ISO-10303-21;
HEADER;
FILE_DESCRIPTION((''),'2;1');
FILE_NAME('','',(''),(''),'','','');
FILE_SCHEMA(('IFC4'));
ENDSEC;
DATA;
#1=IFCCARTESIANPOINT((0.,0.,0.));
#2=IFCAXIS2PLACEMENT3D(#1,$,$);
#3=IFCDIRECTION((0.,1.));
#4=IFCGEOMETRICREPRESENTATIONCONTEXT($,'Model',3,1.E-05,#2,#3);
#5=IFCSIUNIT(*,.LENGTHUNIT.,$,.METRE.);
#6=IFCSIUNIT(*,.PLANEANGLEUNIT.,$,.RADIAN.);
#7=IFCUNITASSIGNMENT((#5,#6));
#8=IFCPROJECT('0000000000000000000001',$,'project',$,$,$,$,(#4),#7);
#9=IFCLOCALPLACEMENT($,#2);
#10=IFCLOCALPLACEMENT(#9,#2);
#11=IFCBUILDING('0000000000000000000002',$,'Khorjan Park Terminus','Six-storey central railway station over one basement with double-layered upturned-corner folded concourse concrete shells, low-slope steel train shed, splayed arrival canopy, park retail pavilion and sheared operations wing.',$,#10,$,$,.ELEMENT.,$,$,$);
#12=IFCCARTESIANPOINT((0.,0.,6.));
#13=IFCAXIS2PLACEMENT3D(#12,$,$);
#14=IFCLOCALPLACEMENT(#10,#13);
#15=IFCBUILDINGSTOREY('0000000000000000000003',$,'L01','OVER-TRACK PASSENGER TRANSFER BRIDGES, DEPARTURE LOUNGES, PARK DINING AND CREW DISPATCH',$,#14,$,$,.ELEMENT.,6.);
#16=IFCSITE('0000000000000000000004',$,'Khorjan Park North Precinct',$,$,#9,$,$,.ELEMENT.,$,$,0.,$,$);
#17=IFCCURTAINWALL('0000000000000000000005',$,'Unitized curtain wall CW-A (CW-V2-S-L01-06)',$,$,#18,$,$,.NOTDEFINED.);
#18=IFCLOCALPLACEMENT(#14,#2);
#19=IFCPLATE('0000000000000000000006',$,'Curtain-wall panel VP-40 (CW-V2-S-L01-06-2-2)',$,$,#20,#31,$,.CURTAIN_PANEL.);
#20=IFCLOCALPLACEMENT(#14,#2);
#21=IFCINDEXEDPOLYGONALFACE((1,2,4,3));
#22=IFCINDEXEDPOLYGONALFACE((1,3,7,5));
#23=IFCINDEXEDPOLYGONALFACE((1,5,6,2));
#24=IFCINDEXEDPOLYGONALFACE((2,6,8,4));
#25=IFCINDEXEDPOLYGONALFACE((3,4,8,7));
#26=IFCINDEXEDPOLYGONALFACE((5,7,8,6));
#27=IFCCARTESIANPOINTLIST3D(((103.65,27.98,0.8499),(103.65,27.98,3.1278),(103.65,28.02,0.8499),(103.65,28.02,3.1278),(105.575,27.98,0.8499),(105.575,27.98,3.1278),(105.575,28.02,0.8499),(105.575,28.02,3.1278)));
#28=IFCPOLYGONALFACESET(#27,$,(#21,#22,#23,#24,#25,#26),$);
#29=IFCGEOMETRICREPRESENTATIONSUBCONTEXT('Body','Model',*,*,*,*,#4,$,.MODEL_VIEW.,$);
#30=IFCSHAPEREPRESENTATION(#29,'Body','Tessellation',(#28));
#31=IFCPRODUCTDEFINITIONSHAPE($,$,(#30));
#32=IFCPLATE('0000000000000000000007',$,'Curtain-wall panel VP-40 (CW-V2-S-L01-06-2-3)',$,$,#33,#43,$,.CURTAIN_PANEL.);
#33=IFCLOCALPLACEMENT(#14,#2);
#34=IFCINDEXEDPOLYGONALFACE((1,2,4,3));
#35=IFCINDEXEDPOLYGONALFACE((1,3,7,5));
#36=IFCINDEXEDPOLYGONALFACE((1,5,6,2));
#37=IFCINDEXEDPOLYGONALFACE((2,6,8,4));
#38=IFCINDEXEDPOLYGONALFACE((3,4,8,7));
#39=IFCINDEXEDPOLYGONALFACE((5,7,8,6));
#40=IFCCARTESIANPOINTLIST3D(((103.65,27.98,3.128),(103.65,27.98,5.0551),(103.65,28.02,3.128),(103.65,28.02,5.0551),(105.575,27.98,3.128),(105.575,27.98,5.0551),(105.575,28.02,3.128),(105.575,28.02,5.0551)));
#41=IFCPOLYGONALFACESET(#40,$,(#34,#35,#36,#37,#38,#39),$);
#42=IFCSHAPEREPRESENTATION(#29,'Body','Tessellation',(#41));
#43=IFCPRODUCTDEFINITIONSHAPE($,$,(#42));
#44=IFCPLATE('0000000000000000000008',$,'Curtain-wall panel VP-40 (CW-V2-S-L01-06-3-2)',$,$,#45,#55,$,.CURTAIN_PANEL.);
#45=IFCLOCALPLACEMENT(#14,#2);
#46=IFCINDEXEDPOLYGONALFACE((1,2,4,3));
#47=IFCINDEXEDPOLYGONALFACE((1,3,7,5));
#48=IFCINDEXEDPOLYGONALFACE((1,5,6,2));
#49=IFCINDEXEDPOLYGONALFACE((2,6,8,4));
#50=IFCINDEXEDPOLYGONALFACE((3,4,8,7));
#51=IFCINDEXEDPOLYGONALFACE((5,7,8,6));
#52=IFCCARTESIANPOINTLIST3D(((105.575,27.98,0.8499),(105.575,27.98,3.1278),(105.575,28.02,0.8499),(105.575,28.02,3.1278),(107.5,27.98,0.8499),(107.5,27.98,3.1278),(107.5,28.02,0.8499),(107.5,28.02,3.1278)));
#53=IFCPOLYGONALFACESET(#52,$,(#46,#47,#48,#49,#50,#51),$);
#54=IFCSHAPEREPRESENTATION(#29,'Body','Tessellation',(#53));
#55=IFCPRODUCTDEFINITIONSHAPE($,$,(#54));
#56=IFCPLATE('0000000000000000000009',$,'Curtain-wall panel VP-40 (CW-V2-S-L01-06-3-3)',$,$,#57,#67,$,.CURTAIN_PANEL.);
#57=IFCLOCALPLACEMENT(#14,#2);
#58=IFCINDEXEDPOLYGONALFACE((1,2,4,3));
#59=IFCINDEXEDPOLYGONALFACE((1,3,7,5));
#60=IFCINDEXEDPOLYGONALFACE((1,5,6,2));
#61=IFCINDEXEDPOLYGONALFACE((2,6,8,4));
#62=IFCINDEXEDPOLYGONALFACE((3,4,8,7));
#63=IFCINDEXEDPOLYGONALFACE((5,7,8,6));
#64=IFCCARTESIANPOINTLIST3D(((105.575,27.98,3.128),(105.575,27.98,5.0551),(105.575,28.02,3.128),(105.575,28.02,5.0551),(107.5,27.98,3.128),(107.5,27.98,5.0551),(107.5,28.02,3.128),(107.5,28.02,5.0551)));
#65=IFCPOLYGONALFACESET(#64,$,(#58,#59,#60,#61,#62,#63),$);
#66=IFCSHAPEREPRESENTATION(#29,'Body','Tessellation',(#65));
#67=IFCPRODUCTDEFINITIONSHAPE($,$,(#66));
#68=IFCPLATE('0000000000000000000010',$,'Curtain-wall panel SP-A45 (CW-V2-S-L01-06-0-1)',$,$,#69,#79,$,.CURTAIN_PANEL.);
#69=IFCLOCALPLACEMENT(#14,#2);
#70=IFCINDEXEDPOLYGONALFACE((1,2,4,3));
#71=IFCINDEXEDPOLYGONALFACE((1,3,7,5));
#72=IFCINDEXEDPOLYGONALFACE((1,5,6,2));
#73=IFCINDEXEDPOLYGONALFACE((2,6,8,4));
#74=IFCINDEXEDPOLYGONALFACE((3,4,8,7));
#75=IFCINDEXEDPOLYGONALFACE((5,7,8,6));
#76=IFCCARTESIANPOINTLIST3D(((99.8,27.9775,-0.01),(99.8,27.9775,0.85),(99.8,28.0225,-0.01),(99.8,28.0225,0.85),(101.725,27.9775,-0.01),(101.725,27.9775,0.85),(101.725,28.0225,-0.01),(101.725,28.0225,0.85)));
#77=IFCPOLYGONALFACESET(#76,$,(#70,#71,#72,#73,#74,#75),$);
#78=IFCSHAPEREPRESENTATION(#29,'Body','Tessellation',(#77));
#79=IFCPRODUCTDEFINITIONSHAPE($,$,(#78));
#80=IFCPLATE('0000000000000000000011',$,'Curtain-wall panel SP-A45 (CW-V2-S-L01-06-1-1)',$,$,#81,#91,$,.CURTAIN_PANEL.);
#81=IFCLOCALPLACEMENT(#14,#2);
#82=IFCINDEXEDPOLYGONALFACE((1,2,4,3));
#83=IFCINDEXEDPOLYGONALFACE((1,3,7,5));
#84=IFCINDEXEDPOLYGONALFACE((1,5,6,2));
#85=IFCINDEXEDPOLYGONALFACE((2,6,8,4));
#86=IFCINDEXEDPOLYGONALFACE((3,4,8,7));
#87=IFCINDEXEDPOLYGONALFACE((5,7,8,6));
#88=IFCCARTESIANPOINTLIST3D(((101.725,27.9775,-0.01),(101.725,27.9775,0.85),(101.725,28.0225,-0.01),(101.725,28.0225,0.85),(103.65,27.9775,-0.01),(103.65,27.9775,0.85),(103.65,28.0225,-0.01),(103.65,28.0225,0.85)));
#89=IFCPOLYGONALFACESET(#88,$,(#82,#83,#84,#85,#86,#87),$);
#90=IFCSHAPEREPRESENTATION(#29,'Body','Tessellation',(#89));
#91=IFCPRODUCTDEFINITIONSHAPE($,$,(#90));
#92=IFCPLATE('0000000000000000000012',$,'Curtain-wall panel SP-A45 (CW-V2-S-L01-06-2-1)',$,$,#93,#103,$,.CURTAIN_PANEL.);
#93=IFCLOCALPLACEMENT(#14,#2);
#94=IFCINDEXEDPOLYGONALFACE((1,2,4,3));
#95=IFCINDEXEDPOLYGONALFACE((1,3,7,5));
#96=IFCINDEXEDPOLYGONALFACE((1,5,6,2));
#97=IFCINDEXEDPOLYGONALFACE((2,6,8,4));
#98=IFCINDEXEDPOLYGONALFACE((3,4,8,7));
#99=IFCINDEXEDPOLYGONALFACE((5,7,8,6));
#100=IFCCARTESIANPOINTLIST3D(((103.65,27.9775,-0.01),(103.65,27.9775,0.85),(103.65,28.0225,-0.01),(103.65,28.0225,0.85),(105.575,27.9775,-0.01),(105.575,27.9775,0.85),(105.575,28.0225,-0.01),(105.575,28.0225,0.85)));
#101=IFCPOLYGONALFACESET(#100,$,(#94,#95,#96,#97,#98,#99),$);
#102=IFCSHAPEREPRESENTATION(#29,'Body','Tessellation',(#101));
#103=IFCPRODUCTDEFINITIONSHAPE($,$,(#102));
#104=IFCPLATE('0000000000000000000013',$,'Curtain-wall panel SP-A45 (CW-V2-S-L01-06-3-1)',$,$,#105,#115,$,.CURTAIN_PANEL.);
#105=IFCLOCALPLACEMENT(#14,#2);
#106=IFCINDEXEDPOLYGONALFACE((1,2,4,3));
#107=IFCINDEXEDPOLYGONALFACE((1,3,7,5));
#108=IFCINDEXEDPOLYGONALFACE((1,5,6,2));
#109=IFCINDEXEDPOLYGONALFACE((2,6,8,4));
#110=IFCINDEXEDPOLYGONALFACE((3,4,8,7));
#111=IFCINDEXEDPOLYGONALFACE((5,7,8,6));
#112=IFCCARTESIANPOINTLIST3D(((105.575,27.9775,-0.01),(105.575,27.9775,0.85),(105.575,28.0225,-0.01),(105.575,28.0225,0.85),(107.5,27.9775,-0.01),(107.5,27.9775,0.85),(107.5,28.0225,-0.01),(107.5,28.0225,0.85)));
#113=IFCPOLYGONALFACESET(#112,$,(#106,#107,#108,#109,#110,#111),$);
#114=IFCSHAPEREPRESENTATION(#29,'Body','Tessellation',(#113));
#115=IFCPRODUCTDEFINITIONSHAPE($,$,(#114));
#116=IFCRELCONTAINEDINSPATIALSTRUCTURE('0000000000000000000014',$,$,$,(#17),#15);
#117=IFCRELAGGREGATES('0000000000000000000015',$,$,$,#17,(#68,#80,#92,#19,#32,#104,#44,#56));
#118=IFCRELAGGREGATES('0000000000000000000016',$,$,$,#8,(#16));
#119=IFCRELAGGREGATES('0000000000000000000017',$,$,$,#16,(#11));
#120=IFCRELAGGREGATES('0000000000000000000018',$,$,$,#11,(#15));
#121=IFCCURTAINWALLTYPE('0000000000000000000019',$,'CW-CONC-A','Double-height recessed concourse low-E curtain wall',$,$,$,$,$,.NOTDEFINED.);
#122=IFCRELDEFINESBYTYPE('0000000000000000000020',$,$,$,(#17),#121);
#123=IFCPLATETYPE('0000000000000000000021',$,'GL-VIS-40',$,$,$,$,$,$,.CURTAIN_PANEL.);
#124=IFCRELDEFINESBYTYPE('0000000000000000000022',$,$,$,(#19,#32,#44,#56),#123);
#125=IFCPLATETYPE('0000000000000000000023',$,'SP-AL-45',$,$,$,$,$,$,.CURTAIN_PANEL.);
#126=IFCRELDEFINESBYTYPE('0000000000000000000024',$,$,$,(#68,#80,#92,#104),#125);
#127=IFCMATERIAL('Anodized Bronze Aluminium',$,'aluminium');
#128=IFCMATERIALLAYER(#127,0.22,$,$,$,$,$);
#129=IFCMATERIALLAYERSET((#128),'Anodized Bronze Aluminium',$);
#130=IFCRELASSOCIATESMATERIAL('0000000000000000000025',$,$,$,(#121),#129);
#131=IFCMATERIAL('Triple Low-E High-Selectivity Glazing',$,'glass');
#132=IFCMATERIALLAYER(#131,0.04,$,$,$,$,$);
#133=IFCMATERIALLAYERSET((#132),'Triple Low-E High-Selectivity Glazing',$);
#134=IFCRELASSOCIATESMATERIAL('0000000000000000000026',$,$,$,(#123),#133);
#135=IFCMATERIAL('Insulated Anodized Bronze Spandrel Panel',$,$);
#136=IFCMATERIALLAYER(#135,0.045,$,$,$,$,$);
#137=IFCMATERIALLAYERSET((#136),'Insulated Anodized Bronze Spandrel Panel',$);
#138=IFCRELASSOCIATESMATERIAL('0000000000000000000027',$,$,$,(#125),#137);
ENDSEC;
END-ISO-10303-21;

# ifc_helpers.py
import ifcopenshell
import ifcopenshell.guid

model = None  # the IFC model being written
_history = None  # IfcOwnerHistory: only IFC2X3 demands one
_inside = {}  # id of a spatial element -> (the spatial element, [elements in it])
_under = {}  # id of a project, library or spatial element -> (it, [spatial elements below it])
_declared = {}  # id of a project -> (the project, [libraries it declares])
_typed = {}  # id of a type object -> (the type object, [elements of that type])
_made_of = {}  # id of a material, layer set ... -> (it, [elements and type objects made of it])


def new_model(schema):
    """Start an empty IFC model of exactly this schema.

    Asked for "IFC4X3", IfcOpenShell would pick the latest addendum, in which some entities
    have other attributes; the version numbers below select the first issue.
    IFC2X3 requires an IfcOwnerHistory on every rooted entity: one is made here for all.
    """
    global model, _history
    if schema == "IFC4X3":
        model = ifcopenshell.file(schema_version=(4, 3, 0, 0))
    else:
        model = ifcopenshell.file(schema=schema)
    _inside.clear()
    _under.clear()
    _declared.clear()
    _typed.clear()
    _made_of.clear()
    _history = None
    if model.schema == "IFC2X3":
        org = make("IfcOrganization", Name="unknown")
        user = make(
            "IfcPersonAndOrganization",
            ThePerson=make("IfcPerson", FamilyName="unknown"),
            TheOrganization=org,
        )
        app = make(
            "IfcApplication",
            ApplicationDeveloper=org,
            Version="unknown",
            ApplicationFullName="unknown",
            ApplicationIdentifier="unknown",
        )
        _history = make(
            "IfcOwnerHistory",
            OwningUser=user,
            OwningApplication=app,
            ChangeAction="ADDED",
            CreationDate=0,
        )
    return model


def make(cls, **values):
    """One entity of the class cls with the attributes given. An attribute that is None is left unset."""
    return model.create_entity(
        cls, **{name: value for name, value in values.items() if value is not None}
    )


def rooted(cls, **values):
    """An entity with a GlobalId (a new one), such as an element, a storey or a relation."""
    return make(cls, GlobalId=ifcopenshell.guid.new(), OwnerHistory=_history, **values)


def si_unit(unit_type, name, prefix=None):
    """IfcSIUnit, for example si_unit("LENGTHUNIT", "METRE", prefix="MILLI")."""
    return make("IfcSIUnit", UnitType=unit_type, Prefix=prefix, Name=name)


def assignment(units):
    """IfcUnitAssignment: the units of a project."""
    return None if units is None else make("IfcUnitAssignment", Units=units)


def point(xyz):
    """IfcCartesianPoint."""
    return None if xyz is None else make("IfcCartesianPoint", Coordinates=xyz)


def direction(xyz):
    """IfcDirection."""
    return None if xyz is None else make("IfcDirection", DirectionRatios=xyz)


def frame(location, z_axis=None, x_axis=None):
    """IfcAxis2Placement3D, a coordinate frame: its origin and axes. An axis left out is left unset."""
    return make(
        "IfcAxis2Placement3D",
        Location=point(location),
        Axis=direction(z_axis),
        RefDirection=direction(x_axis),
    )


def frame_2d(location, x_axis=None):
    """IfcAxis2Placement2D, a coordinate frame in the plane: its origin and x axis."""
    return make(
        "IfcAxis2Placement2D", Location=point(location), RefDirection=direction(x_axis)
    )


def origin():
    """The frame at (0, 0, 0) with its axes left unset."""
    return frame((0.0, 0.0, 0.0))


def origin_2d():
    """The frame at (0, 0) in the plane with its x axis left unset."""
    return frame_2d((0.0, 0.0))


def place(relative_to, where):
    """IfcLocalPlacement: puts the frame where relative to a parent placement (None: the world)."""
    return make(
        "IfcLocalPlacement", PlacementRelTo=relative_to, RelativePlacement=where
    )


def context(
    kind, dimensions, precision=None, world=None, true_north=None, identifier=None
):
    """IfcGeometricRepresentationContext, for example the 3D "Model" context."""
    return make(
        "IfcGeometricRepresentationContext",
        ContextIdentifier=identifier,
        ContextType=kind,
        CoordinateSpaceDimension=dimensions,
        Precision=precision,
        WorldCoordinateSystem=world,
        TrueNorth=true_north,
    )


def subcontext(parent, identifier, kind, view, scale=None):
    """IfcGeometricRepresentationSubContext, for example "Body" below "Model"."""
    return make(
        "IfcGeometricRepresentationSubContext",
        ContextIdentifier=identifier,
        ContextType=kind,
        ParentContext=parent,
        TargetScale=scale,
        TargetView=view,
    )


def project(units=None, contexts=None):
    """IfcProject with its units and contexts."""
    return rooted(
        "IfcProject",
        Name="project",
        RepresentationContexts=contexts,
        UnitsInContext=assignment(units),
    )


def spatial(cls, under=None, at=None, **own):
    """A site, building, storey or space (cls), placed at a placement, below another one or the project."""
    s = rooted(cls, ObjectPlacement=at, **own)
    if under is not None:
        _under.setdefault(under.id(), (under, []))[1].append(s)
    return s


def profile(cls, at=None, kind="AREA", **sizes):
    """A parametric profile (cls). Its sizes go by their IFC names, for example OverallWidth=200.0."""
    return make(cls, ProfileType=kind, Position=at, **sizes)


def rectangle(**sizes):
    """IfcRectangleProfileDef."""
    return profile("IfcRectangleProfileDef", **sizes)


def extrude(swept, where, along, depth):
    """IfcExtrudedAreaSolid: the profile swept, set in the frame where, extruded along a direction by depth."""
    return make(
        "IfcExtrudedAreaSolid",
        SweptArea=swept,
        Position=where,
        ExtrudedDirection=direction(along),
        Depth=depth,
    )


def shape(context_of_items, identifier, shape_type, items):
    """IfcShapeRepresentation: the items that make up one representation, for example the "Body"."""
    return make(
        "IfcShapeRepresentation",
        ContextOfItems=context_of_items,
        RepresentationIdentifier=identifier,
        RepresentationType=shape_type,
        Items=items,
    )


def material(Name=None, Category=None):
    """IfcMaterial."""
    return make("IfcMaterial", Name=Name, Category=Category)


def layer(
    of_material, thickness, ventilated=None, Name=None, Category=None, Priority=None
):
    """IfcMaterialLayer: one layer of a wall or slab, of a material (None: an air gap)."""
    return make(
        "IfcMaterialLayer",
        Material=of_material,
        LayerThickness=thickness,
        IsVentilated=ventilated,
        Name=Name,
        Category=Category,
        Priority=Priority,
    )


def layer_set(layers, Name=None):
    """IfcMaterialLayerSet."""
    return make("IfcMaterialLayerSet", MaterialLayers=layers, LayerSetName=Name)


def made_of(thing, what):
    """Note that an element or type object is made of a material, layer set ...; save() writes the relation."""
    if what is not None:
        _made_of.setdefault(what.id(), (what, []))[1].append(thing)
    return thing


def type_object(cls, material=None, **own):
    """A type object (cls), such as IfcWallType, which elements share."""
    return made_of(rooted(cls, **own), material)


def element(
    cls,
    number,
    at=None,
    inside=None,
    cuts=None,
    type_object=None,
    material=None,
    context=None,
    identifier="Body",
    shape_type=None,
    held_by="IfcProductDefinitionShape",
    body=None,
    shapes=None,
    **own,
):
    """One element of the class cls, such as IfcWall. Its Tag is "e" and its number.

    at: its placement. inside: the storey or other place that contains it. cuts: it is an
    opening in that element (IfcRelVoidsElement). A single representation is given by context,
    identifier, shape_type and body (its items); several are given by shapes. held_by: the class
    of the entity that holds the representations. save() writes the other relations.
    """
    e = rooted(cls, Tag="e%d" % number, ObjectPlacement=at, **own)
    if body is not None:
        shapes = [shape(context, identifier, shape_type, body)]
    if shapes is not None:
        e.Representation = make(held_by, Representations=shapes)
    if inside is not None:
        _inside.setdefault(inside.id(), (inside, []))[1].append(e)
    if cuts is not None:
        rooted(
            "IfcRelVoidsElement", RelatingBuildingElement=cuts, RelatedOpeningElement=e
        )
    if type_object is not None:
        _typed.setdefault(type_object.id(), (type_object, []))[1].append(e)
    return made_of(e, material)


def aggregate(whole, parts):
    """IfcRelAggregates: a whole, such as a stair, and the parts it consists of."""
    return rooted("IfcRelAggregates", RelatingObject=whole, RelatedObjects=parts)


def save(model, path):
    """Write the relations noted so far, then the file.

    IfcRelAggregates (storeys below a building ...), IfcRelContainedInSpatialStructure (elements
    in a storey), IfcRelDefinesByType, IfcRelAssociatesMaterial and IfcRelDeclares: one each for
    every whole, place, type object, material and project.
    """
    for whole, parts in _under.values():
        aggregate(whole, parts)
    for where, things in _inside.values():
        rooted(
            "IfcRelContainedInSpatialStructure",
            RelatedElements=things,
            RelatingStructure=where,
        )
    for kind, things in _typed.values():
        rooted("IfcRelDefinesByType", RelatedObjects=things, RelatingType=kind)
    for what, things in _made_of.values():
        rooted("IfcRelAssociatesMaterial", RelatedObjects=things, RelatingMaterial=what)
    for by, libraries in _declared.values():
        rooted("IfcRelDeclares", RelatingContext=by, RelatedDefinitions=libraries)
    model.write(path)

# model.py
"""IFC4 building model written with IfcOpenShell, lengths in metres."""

from ifc_helpers import new_model, si_unit, direction, frame, origin, origin_2d, place, context, subcontext, project, spatial, rectangle, extrude, material, layer, layer_set, type_object, element, aggregate, save


model = new_model("IFC4")

# Units and contexts
model_context = context("Model", 3, precision=1e-05, world=origin(), true_north=direction((0.0, 1.0)))
body_context = subcontext(model_context, "Body", "Model", "MODEL_VIEW")
ifc_project = project(units=[si_unit("LENGTHUNIT", "METRE"), si_unit("PLANEANGLEUNIT", "RADIAN")], contexts=[model_context])

# Site, building, storey
site_placement = place(None, origin())
site = spatial("IfcSite", under=ifc_project, at=site_placement, Name="Khorjan Park North Precinct", CompositionType="ELEMENT", RefElevation=0.0)
building_placement = place(site_placement, origin())
building = spatial("IfcBuilding", under=site, at=building_placement, Name="Khorjan Park Terminus", Description="Six-storey central railway station over one basement with double-layered upturned-corner folded concourse concrete shells, low-slope steel train shed, splayed arrival canopy, park retail pavilion and sheared operations wing.", CompositionType="ELEMENT")
storey_placement = place(building_placement, frame((0.0, 0.0, 6.0)))
storey = spatial("IfcBuildingStorey", under=building, at=storey_placement, Name="L01", Description="OVER-TRACK PASSENGER TRANSFER BRIDGES, DEPARTURE LOUNGES, PARK DINING AND CREW DISPATCH", CompositionType="ELEMENT", Elevation=6.0)

# Shared definitions
ifc_material_1 = material(Name="Anodized Bronze Aluminium", Category="aluminium")
ifc_layer_1 = layer(ifc_material_1, 0.22)
ifc_layer_set_1 = layer_set([ifc_layer_1], Name="Anodized Bronze Aluminium")
curtain_wall_type = type_object("IfcCurtainWallType", Name="CW-CONC-A", Description="Double-height recessed concourse low-E curtain wall", PredefinedType="NOTDEFINED", material=ifc_layer_set_1)

# Curtain wall
curtain_wall_1_placement = place(storey_placement, origin())
curtain_wall_1 = element("IfcCurtainWall", 1, at=curtain_wall_1_placement, inside=storey, type_object=curtain_wall_type, Name="Unitized curtain wall CW-A (CW-V2-S-L01-06)", PredefinedType="NOTDEFINED")

# Plates
ifc_material_2 = material(Name="Triple Low-E High-Selectivity Glazing", Category="glass")
ifc_layer_2 = layer(ifc_material_2, 0.04)
ifc_layer_set_2 = layer_set([ifc_layer_2], Name="Triple Low-E High-Selectivity Glazing")
plate_type_1 = type_object("IfcPlateType", Name="GL-VIS-40", PredefinedType="CURTAIN_PANEL", material=ifc_layer_set_2)
plate_1_placement = place(storey_placement, frame((104.6125, 28.0, 0.8499), z_axis=(0.0, 0.0, 1.0), x_axis=(1.0, 0.0, 0.0)))
plate_1 = element("IfcPlate", 2, at=plate_1_placement, type_object=plate_type_1, Name="Curtain-wall panel VP-40 (CW-V2-S-L01-06-2-2)", PredefinedType="CURTAIN_PANEL", context=body_context, shape_type="SweptSolid", body=[
    extrude(rectangle(XDim=1.925, YDim=0.04, at=origin_2d()), origin(), (0.0, 0.0, 1.0), 2.2779),
])
plate_2_placement = place(storey_placement, frame((104.6125, 28.0, 3.128), z_axis=(0.0, 0.0, 1.0), x_axis=(1.0, 0.0, 0.0)))
plate_2 = element("IfcPlate", 3, at=plate_2_placement, type_object=plate_type_1, Name="Curtain-wall panel VP-40 (CW-V2-S-L01-06-2-3)", PredefinedType="CURTAIN_PANEL", context=body_context, shape_type="SweptSolid", body=[
    extrude(rectangle(XDim=1.925, YDim=0.04, at=origin_2d()), origin(), (0.0, 0.0, 1.0), 1.9271),
])
plate_3_placement = place(storey_placement, frame((106.5375, 28.0, 0.8499), z_axis=(0.0, 0.0, 1.0), x_axis=(1.0, 0.0, 0.0)))
plate_3 = element("IfcPlate", 4, at=plate_3_placement, type_object=plate_type_1, Name="Curtain-wall panel VP-40 (CW-V2-S-L01-06-3-2)", PredefinedType="CURTAIN_PANEL", context=body_context, shape_type="SweptSolid", body=[
    extrude(rectangle(XDim=1.925, YDim=0.04, at=origin_2d()), origin(), (0.0, 0.0, 1.0), 2.2779),
])
plate_4_placement = place(storey_placement, frame((106.5375, 28.0, 3.128), z_axis=(0.0, 0.0, 1.0), x_axis=(1.0, 0.0, 0.0)))
plate_4 = element("IfcPlate", 5, at=plate_4_placement, type_object=plate_type_1, Name="Curtain-wall panel VP-40 (CW-V2-S-L01-06-3-3)", PredefinedType="CURTAIN_PANEL", context=body_context, shape_type="SweptSolid", body=[
    extrude(rectangle(XDim=1.925, YDim=0.04, at=origin_2d()), origin(), (0.0, 0.0, 1.0), 1.9271),
])
ifc_material_3 = material(Name="Insulated Anodized Bronze Spandrel Panel")
ifc_layer_3 = layer(ifc_material_3, 0.045)
ifc_layer_set_3 = layer_set([ifc_layer_3], Name="Insulated Anodized Bronze Spandrel Panel")
plate_type_2 = type_object("IfcPlateType", Name="SP-AL-45", PredefinedType="CURTAIN_PANEL", material=ifc_layer_set_3)
plate_5_placement = place(storey_placement, frame((100.7625, 28.0, -0.01), z_axis=(0.0, 0.0, 1.0), x_axis=(1.0, 0.0, 0.0)))
plate_5 = element("IfcPlate", 6, at=plate_5_placement, type_object=plate_type_2, Name="Curtain-wall panel SP-A45 (CW-V2-S-L01-06-0-1)", PredefinedType="CURTAIN_PANEL", context=body_context, shape_type="SweptSolid", body=[
    extrude(rectangle(XDim=1.925, YDim=0.045, at=origin_2d()), origin(), (0.0, 0.0, 1.0), 0.86),
])
plate_6_placement = place(storey_placement, frame((102.6875, 28.0, -0.01), z_axis=(0.0, 0.0, 1.0), x_axis=(1.0, 0.0, 0.0)))
plate_6 = element("IfcPlate", 7, at=plate_6_placement, type_object=plate_type_2, Name="Curtain-wall panel SP-A45 (CW-V2-S-L01-06-1-1)", PredefinedType="CURTAIN_PANEL", context=body_context, shape_type="SweptSolid", body=[
    extrude(rectangle(XDim=1.925, YDim=0.045, at=origin_2d()), origin(), (0.0, 0.0, 1.0), 0.86),
])
plate_7_placement = place(storey_placement, frame((104.6125, 28.0, -0.01), z_axis=(0.0, 0.0, 1.0), x_axis=(1.0, 0.0, 0.0)))
plate_7 = element("IfcPlate", 8, at=plate_7_placement, type_object=plate_type_2, Name="Curtain-wall panel SP-A45 (CW-V2-S-L01-06-2-1)", PredefinedType="CURTAIN_PANEL", context=body_context, shape_type="SweptSolid", body=[
    extrude(rectangle(XDim=1.925, YDim=0.045, at=origin_2d()), origin(), (0.0, 0.0, 1.0), 0.86),
])
plate_8_placement = place(storey_placement, frame((106.5375, 28.0, -0.01), z_axis=(0.0, 0.0, 1.0), x_axis=(1.0, 0.0, 0.0)))
plate_8 = element("IfcPlate", 9, at=plate_8_placement, type_object=plate_type_2, Name="Curtain-wall panel SP-A45 (CW-V2-S-L01-06-3-1)", PredefinedType="CURTAIN_PANEL", context=body_context, shape_type="SweptSolid", body=[
    extrude(rectangle(XDim=1.925, YDim=0.045, at=origin_2d()), origin(), (0.0, 0.0, 1.0), 0.86),
])
aggregate(curtain_wall_1, [plate_5, plate_6, plate_7, plate_1, plate_2, plate_8, plate_3, plate_4])

save(model, "model.ifc")
